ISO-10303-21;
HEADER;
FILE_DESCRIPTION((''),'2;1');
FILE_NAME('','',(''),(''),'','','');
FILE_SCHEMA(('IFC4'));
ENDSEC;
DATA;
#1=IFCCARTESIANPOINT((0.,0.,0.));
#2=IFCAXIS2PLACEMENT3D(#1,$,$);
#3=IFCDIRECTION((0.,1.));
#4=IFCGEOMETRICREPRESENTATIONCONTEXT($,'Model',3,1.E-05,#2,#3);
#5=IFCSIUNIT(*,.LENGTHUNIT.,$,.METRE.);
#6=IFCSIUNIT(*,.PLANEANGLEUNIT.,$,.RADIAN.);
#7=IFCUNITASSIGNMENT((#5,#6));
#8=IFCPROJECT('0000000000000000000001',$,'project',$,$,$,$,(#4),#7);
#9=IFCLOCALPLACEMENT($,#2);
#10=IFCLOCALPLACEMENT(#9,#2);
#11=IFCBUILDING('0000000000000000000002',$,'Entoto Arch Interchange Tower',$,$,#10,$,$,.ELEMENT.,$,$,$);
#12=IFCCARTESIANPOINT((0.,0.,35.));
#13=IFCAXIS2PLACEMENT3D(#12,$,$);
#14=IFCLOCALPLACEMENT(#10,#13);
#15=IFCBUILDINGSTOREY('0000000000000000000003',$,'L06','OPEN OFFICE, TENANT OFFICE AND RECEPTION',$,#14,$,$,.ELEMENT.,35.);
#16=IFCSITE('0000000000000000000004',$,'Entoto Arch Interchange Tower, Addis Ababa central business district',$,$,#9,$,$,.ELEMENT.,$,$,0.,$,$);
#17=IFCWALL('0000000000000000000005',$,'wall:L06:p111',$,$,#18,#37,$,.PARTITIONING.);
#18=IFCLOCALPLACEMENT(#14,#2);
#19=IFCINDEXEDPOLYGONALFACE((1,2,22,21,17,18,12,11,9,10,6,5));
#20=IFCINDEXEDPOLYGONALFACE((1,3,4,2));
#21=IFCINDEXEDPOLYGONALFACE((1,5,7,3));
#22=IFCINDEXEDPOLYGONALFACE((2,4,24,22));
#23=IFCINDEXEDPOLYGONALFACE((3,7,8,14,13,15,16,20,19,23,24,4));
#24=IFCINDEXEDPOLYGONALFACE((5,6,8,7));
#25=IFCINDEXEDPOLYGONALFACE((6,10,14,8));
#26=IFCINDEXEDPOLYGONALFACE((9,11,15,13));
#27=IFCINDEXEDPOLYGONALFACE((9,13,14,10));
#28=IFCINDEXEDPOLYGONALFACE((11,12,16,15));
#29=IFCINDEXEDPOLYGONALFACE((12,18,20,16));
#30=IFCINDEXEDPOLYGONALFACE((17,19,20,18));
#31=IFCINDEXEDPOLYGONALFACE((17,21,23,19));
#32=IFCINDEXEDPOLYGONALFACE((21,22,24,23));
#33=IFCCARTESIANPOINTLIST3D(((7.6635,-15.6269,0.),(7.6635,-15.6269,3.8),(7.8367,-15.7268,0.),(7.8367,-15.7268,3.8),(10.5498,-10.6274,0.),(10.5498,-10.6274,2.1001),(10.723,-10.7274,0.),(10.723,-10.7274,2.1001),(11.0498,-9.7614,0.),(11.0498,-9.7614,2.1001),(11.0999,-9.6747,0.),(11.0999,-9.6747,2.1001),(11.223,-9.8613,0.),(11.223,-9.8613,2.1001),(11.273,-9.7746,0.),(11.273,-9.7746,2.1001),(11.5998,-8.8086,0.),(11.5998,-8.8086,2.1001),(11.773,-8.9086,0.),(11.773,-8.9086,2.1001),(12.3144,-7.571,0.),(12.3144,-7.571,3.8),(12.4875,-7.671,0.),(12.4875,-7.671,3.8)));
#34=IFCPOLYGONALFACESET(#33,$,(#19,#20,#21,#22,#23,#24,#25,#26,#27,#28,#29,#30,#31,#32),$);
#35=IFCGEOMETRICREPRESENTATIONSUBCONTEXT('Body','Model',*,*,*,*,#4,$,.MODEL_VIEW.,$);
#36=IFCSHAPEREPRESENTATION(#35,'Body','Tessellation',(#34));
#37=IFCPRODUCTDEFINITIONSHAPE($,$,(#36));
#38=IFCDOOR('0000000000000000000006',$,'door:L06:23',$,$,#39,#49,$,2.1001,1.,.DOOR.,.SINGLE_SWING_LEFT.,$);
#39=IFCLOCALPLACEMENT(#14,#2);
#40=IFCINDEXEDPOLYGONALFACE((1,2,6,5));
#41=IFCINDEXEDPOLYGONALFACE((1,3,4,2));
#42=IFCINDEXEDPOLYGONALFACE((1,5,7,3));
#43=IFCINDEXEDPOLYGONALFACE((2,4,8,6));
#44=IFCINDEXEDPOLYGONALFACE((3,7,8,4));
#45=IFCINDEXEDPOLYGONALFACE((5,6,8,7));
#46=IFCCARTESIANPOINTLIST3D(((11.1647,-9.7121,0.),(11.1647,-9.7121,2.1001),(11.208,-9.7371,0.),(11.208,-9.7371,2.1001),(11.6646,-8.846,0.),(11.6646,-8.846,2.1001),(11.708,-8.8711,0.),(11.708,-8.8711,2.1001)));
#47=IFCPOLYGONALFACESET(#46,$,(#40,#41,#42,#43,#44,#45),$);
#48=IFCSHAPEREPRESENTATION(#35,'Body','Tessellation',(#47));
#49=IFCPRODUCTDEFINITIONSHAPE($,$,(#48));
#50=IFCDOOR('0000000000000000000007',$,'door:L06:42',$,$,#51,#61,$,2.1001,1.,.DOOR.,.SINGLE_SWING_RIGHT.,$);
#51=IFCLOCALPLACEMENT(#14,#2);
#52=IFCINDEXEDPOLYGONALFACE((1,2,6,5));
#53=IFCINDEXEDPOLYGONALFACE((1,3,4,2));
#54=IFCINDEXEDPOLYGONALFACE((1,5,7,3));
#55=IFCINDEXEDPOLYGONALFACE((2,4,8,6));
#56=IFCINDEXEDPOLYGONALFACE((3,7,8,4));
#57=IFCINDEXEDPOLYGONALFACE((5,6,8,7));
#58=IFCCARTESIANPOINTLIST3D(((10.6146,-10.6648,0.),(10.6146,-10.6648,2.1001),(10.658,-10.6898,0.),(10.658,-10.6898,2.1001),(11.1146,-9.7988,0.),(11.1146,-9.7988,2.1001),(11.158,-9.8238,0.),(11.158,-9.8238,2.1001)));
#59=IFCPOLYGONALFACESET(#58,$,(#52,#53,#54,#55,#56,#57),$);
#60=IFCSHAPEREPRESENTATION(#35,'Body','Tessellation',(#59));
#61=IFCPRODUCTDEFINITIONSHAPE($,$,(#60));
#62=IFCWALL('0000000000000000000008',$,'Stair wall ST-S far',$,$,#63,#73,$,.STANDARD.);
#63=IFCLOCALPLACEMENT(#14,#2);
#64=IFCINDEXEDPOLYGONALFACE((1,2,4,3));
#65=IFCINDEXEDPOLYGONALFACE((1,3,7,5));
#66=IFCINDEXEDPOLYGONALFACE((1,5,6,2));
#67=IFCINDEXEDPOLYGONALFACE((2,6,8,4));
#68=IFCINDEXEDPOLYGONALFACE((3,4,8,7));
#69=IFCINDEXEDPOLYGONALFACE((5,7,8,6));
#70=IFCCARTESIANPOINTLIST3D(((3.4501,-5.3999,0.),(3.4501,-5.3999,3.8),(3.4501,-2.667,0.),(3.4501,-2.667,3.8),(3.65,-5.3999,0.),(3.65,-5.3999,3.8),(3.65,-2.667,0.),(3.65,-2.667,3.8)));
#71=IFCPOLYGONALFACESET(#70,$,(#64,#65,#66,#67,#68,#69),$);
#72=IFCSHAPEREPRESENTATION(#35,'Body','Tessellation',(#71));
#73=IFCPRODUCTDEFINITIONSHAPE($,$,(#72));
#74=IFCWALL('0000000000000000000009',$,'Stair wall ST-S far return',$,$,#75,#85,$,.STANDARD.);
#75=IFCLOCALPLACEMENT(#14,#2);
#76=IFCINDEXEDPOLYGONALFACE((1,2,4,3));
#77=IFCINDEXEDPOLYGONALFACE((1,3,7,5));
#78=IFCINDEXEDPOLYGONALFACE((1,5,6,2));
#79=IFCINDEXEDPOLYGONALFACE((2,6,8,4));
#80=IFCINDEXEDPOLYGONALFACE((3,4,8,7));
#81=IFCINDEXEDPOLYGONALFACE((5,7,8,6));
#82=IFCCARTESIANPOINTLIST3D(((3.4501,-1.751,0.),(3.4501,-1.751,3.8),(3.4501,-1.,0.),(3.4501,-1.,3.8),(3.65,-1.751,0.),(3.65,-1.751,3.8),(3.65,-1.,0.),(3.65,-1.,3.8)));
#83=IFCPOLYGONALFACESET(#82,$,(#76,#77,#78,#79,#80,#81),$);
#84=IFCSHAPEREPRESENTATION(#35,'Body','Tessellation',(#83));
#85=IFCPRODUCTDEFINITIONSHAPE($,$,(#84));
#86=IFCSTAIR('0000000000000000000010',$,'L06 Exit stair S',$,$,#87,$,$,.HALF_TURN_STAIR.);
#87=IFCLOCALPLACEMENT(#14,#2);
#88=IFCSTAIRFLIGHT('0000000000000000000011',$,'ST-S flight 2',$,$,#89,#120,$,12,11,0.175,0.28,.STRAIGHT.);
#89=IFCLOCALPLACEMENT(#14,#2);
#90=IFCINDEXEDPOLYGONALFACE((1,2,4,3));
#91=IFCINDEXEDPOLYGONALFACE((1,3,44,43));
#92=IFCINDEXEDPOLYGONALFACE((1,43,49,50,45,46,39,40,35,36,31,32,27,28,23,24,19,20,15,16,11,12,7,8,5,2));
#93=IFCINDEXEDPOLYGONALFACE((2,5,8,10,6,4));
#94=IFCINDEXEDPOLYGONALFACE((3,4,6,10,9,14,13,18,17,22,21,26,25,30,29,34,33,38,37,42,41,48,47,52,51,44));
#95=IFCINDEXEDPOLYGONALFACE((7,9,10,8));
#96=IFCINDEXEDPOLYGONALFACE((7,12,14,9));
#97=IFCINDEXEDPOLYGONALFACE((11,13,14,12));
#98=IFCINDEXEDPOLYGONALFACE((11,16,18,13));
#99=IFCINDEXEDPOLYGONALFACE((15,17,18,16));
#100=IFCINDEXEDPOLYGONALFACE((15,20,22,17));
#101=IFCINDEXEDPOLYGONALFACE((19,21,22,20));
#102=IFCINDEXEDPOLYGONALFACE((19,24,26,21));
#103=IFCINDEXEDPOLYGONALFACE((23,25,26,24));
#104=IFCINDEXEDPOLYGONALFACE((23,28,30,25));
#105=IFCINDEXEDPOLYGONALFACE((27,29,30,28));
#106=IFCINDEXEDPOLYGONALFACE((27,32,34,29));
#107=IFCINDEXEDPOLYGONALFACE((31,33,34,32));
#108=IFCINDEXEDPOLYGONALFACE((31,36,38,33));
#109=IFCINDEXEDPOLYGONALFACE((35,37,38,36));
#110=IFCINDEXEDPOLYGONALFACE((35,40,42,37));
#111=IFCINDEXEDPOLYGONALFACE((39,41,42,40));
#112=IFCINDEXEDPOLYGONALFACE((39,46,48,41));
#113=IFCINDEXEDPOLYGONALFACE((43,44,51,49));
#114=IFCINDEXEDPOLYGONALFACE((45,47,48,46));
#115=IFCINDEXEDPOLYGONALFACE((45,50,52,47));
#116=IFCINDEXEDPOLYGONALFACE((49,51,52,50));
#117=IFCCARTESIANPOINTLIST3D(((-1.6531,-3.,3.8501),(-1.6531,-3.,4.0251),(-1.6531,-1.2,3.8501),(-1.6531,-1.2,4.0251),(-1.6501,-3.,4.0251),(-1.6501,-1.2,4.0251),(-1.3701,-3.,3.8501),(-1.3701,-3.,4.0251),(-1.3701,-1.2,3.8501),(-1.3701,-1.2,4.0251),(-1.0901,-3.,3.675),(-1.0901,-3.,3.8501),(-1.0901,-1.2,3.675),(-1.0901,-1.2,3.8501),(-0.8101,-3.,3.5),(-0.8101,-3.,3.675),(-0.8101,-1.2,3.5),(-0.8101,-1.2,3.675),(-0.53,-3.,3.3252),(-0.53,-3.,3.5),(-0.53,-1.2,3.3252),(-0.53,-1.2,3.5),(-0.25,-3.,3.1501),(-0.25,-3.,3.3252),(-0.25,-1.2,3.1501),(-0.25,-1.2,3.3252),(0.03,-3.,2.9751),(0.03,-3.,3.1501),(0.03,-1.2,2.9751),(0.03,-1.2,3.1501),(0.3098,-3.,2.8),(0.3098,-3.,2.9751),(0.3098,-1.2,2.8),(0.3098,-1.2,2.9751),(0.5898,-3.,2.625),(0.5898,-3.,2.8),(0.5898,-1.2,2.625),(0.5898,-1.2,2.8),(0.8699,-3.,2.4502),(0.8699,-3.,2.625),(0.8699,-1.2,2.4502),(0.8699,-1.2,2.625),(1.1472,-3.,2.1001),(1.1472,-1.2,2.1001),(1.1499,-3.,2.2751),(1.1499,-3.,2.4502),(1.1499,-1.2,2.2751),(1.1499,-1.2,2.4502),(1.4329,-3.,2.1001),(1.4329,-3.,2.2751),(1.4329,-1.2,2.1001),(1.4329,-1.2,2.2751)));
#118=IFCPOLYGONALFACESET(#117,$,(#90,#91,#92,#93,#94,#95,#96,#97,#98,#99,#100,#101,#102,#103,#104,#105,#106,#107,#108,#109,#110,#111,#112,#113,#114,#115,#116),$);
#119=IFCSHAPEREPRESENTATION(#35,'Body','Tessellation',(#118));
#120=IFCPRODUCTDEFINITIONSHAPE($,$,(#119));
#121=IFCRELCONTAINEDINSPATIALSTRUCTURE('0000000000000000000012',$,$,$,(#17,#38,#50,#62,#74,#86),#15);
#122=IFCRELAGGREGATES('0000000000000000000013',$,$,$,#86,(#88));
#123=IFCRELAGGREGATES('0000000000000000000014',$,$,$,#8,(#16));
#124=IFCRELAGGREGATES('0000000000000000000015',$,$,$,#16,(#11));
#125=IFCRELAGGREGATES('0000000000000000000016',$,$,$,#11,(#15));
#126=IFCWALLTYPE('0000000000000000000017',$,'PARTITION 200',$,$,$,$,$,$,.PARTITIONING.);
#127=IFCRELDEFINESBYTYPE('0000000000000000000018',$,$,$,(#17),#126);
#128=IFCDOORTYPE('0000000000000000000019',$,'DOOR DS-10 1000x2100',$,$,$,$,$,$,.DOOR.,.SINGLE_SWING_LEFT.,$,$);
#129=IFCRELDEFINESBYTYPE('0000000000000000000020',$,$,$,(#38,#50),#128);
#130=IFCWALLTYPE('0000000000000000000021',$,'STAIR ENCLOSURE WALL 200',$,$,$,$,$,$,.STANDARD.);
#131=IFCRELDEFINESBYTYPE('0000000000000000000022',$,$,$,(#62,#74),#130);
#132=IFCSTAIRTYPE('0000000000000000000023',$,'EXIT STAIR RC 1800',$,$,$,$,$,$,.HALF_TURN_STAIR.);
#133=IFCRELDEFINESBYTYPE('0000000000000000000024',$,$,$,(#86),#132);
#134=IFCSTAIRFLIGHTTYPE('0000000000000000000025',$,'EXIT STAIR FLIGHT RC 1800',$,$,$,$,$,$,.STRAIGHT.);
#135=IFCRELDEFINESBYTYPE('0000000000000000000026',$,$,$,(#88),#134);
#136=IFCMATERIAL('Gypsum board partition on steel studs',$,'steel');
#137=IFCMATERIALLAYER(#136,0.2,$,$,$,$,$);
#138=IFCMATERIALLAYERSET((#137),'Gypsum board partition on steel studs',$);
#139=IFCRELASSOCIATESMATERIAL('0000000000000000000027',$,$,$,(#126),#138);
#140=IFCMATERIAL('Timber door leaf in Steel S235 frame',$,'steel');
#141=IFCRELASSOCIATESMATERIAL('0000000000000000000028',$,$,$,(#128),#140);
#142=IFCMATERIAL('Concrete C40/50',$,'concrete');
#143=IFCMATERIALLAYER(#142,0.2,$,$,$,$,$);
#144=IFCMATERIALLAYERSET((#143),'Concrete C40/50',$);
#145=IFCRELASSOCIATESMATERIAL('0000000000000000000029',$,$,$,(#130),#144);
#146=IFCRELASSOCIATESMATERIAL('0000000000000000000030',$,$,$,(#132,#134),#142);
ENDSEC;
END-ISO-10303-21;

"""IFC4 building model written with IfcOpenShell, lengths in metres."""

from ifc_helpers import new_model, si_unit, direction, frame, frame_2d, origin, place, context, subcontext, project, spatial, polyline, rectangle, outline, extrude, material, layer, layer_set, type_object, element, fill, aggregate, save


model = new_model("IFC4")

# Units and contexts
model_context = context("Model", 3, precision=1e-05, world=origin(), true_north=direction((0.0, 1.0)))
body_context = subcontext(model_context, "Body", "Model", "MODEL_VIEW")
ifc_project = project(units=[si_unit("LENGTHUNIT", "METRE"), si_unit("PLANEANGLEUNIT", "RADIAN")], contexts=[model_context])

# Site, building, storey
site_placement = place(None, origin())
site = spatial("IfcSite", under=ifc_project, at=site_placement, Name="Entoto Arch Interchange Tower, Addis Ababa central business district", CompositionType="ELEMENT", RefElevation=0.0)
building_placement = place(site_placement, origin())
building = spatial("IfcBuilding", under=site, at=building_placement, Name="Entoto Arch Interchange Tower", CompositionType="ELEMENT")
storey_placement = place(building_placement, frame((0.0, 0.0, 35.0)))
storey = spatial("IfcBuildingStorey", under=building, at=storey_placement, Name="L06", Description="OPEN OFFICE, TENANT OFFICE AND RECEPTION", CompositionType="ELEMENT", Elevation=35.0)

# Shared definitions
ifc_material_1 = material(Name="Concrete C40/50", Category="concrete")

# Shared definitions
ifc_material_2 = material(Name="Gypsum board partition on steel studs", Category="steel")
ifc_layer_1 = layer(ifc_material_2, 0.2)
ifc_layer_set_1 = layer_set([ifc_layer_1], Name="Gypsum board partition on steel studs")
wall_type_1 = type_object("IfcWallType", Name="PARTITION 200", PredefinedType="PARTITIONING", material=ifc_layer_set_1)

# Wall, openings, doors
wall_1_placement = place(storey_placement, frame((12.4009, -7.6211, 0.0), z_axis=(0.0, 0.0, 1.0), x_axis=(-0.499984, -0.866035, 0.0)))
wall_1 = element("IfcWall", 1, at=wall_1_placement, inside=storey, type_object=wall_type_1, Name="wall:L06:p111", PredefinedType="PARTITIONING", context=body_context, shape_type="SweptSolid", body=[
    extrude(rectangle(XDim=9.302, YDim=0.2, at=frame_2d((4.6509, 0.0))), origin(), (0.0, 0.0, 1.0), 3.8),
])
opening_1_placement = place(wall_1_placement, frame((1.429, 0.0, 0.0)))
opening_1 = element("IfcOpeningElement", 2, at=opening_1_placement, cuts=wall_1, PredefinedType="OPENING", context=body_context, shape_type="SweptSolid", body=[
    extrude(rectangle(XDim=1.0, YDim=2.1001, at=frame_2d((0.5, 1.05))), frame((0.0, 0.1099, 0.0), z_axis=(0.0, -1.0, 0.0), x_axis=(1.0, 0.0, 0.0)), (0.0, 0.0, 1.0), 0.22),
])
opening_2_placement = place(wall_1_placement, frame((2.5291, 0.0, 0.0)))
opening_2 = element("IfcOpeningElement", 3, at=opening_2_placement, cuts=wall_1, PredefinedType="OPENING", context=body_context, shape_type="SweptSolid", body=[
    extrude(rectangle(XDim=1.0, YDim=2.1001, at=frame_2d((0.5, 1.05))), frame((0.0, 0.1099, 0.0), z_axis=(0.0, -1.0, 0.0), x_axis=(1.0, 0.0, 0.0)), (0.0, 0.0, 1.0), 0.22),
])
ifc_material_3 = material(Name="Timber door leaf in Steel S235 frame", Category="steel")
door_type_1 = type_object("IfcDoorType", Name="DOOR DS-10 1000x2100", OperationType="SINGLE_SWING_LEFT", PredefinedType="DOOR", material=ifc_material_3)
door_1_placement = place(opening_1_placement, origin())
door_1 = element("IfcDoor", 4, at=door_1_placement, inside=storey, type_object=door_type_1, Name="door:L06:23", OperationType="SINGLE_SWING_LEFT", OverallHeight=2.1001, OverallWidth=1.0, PredefinedType="DOOR", context=body_context, shape_type="SweptSolid", body=[
    extrude(rectangle(XDim=1.0, YDim=2.1001, at=frame_2d((0.5, 1.05))), frame((0.0, 0.0249, 0.0), z_axis=(0.0, -1.0, 0.0), x_axis=(1.0, 0.0, 0.0)), (0.0, 0.0, 1.0), 0.05),
])
fill(opening_1, door_1)
door_2_placement = place(opening_2_placement, origin())
door_2 = element("IfcDoor", 5, at=door_2_placement, inside=storey, type_object=door_type_1, Name="door:L06:42", OperationType="SINGLE_SWING_RIGHT", OverallHeight=2.1001, OverallWidth=1.0, PredefinedType="DOOR", context=body_context, shape_type="SweptSolid", body=[
    extrude(rectangle(XDim=1.0, YDim=2.1001, at=frame_2d((0.5, 1.05))), frame((0.0, 0.0249, 0.0), z_axis=(0.0, -1.0, 0.0), x_axis=(1.0, 0.0, 0.0)), (0.0, 0.0, 1.0), 0.05),
])
fill(opening_2, door_2)

# Walls
ifc_layer_2 = layer(ifc_material_1, 0.2)
ifc_layer_set_2 = layer_set([ifc_layer_2], Name="Concrete C40/50")
wall_type_2 = type_object("IfcWallType", Name="STAIR ENCLOSURE WALL 200", PredefinedType="STANDARD", material=ifc_layer_set_2)
wall_2_placement = place(storey_placement, frame((3.55, -2.667, 0.0), z_axis=(0.0, 0.0, 1.0), x_axis=(0.0, -1.0, 0.0)))
element("IfcWall", 6, at=wall_2_placement, inside=storey, type_object=wall_type_2, Name="Stair wall ST-S far", PredefinedType="STANDARD", context=body_context, shape_type="SweptSolid", body=[
    extrude(rectangle(XDim=2.7329, YDim=0.2, at=frame_2d((1.3665, 0.0))), origin(), (0.0, 0.0, 1.0), 3.8),
])
wall_3_placement = place(storey_placement, frame((3.55, -1.0, 0.0), z_axis=(0.0, 0.0, 1.0), x_axis=(0.0, -1.0, 0.0)))
element("IfcWall", 7, at=wall_3_placement, inside=storey, type_object=wall_type_2, Name="Stair wall ST-S far return", PredefinedType="STANDARD", context=body_context, shape_type="SweptSolid", body=[
    extrude(rectangle(XDim=0.751, YDim=0.2, at=frame_2d((0.3755, 0.0))), origin(), (0.0, 0.0, 1.0), 3.8),
])

# Stair, stair flight
stair_type = type_object("IfcStairType", Name="EXIT STAIR RC 1800", PredefinedType="HALF_TURN_STAIR", material=ifc_material_1)
stair_placement = place(storey_placement, origin())
stair = element("IfcStair", 8, at=stair_placement, inside=storey, type_object=stair_type, Name="L06 Exit stair S", PredefinedType="HALF_TURN_STAIR")
stair_flight_type = type_object("IfcStairFlightType", Name="EXIT STAIR FLIGHT RC 1800", PredefinedType="STRAIGHT", material=ifc_material_1)
stair_flight_placement = place(storey_placement, frame((1.4299, -2.1001, 2.1001), z_axis=(0.0, 0.0, 1.0), x_axis=(-1.0, 0.0, 0.0)))
stair_flight = element("IfcStairFlight", 9, at=stair_flight_placement, type_object=stair_flight_type, Name="ST-S flight 2", NumberOfRisers=12, NumberOfTreads=11, PredefinedType="STRAIGHT", RiserHeight=0.175, TreadLength=0.28, context=body_context, shape_type="SweptSolid", body=[
    extrude(outline(polyline([(-0.0029, 0.0), (-0.0029, 0.175), (0.28, 0.175), (0.28, 0.3501), (0.5601, 0.3501), (0.5601, 0.5249), (0.8401, 0.5249), (0.8401, 0.7), (1.1201, 0.7), (1.1201, 0.875), (1.3999, 0.875), (1.3999, 1.05), (1.6799, 1.05), (1.6799, 1.2251), (1.96, 1.2251), (1.96, 1.3999), (2.24, 1.3999), (2.24, 1.575), (2.52, 1.575), (2.52, 1.75), (2.8, 1.75), (2.8, 1.925), (3.0801, 1.925), (3.083, 1.925), (3.083, 1.75), (0.2827, 0.0), (-0.0029, 0.0)])), frame((0.0, 0.8999, 0.0), z_axis=(0.0, -1.0, 0.0), x_axis=(1.0, 0.0, 0.0)), (0.0, 0.0, 1.0), 1.8),
])
aggregate(stair, [stair_flight])

save(model, "model.ifc")
